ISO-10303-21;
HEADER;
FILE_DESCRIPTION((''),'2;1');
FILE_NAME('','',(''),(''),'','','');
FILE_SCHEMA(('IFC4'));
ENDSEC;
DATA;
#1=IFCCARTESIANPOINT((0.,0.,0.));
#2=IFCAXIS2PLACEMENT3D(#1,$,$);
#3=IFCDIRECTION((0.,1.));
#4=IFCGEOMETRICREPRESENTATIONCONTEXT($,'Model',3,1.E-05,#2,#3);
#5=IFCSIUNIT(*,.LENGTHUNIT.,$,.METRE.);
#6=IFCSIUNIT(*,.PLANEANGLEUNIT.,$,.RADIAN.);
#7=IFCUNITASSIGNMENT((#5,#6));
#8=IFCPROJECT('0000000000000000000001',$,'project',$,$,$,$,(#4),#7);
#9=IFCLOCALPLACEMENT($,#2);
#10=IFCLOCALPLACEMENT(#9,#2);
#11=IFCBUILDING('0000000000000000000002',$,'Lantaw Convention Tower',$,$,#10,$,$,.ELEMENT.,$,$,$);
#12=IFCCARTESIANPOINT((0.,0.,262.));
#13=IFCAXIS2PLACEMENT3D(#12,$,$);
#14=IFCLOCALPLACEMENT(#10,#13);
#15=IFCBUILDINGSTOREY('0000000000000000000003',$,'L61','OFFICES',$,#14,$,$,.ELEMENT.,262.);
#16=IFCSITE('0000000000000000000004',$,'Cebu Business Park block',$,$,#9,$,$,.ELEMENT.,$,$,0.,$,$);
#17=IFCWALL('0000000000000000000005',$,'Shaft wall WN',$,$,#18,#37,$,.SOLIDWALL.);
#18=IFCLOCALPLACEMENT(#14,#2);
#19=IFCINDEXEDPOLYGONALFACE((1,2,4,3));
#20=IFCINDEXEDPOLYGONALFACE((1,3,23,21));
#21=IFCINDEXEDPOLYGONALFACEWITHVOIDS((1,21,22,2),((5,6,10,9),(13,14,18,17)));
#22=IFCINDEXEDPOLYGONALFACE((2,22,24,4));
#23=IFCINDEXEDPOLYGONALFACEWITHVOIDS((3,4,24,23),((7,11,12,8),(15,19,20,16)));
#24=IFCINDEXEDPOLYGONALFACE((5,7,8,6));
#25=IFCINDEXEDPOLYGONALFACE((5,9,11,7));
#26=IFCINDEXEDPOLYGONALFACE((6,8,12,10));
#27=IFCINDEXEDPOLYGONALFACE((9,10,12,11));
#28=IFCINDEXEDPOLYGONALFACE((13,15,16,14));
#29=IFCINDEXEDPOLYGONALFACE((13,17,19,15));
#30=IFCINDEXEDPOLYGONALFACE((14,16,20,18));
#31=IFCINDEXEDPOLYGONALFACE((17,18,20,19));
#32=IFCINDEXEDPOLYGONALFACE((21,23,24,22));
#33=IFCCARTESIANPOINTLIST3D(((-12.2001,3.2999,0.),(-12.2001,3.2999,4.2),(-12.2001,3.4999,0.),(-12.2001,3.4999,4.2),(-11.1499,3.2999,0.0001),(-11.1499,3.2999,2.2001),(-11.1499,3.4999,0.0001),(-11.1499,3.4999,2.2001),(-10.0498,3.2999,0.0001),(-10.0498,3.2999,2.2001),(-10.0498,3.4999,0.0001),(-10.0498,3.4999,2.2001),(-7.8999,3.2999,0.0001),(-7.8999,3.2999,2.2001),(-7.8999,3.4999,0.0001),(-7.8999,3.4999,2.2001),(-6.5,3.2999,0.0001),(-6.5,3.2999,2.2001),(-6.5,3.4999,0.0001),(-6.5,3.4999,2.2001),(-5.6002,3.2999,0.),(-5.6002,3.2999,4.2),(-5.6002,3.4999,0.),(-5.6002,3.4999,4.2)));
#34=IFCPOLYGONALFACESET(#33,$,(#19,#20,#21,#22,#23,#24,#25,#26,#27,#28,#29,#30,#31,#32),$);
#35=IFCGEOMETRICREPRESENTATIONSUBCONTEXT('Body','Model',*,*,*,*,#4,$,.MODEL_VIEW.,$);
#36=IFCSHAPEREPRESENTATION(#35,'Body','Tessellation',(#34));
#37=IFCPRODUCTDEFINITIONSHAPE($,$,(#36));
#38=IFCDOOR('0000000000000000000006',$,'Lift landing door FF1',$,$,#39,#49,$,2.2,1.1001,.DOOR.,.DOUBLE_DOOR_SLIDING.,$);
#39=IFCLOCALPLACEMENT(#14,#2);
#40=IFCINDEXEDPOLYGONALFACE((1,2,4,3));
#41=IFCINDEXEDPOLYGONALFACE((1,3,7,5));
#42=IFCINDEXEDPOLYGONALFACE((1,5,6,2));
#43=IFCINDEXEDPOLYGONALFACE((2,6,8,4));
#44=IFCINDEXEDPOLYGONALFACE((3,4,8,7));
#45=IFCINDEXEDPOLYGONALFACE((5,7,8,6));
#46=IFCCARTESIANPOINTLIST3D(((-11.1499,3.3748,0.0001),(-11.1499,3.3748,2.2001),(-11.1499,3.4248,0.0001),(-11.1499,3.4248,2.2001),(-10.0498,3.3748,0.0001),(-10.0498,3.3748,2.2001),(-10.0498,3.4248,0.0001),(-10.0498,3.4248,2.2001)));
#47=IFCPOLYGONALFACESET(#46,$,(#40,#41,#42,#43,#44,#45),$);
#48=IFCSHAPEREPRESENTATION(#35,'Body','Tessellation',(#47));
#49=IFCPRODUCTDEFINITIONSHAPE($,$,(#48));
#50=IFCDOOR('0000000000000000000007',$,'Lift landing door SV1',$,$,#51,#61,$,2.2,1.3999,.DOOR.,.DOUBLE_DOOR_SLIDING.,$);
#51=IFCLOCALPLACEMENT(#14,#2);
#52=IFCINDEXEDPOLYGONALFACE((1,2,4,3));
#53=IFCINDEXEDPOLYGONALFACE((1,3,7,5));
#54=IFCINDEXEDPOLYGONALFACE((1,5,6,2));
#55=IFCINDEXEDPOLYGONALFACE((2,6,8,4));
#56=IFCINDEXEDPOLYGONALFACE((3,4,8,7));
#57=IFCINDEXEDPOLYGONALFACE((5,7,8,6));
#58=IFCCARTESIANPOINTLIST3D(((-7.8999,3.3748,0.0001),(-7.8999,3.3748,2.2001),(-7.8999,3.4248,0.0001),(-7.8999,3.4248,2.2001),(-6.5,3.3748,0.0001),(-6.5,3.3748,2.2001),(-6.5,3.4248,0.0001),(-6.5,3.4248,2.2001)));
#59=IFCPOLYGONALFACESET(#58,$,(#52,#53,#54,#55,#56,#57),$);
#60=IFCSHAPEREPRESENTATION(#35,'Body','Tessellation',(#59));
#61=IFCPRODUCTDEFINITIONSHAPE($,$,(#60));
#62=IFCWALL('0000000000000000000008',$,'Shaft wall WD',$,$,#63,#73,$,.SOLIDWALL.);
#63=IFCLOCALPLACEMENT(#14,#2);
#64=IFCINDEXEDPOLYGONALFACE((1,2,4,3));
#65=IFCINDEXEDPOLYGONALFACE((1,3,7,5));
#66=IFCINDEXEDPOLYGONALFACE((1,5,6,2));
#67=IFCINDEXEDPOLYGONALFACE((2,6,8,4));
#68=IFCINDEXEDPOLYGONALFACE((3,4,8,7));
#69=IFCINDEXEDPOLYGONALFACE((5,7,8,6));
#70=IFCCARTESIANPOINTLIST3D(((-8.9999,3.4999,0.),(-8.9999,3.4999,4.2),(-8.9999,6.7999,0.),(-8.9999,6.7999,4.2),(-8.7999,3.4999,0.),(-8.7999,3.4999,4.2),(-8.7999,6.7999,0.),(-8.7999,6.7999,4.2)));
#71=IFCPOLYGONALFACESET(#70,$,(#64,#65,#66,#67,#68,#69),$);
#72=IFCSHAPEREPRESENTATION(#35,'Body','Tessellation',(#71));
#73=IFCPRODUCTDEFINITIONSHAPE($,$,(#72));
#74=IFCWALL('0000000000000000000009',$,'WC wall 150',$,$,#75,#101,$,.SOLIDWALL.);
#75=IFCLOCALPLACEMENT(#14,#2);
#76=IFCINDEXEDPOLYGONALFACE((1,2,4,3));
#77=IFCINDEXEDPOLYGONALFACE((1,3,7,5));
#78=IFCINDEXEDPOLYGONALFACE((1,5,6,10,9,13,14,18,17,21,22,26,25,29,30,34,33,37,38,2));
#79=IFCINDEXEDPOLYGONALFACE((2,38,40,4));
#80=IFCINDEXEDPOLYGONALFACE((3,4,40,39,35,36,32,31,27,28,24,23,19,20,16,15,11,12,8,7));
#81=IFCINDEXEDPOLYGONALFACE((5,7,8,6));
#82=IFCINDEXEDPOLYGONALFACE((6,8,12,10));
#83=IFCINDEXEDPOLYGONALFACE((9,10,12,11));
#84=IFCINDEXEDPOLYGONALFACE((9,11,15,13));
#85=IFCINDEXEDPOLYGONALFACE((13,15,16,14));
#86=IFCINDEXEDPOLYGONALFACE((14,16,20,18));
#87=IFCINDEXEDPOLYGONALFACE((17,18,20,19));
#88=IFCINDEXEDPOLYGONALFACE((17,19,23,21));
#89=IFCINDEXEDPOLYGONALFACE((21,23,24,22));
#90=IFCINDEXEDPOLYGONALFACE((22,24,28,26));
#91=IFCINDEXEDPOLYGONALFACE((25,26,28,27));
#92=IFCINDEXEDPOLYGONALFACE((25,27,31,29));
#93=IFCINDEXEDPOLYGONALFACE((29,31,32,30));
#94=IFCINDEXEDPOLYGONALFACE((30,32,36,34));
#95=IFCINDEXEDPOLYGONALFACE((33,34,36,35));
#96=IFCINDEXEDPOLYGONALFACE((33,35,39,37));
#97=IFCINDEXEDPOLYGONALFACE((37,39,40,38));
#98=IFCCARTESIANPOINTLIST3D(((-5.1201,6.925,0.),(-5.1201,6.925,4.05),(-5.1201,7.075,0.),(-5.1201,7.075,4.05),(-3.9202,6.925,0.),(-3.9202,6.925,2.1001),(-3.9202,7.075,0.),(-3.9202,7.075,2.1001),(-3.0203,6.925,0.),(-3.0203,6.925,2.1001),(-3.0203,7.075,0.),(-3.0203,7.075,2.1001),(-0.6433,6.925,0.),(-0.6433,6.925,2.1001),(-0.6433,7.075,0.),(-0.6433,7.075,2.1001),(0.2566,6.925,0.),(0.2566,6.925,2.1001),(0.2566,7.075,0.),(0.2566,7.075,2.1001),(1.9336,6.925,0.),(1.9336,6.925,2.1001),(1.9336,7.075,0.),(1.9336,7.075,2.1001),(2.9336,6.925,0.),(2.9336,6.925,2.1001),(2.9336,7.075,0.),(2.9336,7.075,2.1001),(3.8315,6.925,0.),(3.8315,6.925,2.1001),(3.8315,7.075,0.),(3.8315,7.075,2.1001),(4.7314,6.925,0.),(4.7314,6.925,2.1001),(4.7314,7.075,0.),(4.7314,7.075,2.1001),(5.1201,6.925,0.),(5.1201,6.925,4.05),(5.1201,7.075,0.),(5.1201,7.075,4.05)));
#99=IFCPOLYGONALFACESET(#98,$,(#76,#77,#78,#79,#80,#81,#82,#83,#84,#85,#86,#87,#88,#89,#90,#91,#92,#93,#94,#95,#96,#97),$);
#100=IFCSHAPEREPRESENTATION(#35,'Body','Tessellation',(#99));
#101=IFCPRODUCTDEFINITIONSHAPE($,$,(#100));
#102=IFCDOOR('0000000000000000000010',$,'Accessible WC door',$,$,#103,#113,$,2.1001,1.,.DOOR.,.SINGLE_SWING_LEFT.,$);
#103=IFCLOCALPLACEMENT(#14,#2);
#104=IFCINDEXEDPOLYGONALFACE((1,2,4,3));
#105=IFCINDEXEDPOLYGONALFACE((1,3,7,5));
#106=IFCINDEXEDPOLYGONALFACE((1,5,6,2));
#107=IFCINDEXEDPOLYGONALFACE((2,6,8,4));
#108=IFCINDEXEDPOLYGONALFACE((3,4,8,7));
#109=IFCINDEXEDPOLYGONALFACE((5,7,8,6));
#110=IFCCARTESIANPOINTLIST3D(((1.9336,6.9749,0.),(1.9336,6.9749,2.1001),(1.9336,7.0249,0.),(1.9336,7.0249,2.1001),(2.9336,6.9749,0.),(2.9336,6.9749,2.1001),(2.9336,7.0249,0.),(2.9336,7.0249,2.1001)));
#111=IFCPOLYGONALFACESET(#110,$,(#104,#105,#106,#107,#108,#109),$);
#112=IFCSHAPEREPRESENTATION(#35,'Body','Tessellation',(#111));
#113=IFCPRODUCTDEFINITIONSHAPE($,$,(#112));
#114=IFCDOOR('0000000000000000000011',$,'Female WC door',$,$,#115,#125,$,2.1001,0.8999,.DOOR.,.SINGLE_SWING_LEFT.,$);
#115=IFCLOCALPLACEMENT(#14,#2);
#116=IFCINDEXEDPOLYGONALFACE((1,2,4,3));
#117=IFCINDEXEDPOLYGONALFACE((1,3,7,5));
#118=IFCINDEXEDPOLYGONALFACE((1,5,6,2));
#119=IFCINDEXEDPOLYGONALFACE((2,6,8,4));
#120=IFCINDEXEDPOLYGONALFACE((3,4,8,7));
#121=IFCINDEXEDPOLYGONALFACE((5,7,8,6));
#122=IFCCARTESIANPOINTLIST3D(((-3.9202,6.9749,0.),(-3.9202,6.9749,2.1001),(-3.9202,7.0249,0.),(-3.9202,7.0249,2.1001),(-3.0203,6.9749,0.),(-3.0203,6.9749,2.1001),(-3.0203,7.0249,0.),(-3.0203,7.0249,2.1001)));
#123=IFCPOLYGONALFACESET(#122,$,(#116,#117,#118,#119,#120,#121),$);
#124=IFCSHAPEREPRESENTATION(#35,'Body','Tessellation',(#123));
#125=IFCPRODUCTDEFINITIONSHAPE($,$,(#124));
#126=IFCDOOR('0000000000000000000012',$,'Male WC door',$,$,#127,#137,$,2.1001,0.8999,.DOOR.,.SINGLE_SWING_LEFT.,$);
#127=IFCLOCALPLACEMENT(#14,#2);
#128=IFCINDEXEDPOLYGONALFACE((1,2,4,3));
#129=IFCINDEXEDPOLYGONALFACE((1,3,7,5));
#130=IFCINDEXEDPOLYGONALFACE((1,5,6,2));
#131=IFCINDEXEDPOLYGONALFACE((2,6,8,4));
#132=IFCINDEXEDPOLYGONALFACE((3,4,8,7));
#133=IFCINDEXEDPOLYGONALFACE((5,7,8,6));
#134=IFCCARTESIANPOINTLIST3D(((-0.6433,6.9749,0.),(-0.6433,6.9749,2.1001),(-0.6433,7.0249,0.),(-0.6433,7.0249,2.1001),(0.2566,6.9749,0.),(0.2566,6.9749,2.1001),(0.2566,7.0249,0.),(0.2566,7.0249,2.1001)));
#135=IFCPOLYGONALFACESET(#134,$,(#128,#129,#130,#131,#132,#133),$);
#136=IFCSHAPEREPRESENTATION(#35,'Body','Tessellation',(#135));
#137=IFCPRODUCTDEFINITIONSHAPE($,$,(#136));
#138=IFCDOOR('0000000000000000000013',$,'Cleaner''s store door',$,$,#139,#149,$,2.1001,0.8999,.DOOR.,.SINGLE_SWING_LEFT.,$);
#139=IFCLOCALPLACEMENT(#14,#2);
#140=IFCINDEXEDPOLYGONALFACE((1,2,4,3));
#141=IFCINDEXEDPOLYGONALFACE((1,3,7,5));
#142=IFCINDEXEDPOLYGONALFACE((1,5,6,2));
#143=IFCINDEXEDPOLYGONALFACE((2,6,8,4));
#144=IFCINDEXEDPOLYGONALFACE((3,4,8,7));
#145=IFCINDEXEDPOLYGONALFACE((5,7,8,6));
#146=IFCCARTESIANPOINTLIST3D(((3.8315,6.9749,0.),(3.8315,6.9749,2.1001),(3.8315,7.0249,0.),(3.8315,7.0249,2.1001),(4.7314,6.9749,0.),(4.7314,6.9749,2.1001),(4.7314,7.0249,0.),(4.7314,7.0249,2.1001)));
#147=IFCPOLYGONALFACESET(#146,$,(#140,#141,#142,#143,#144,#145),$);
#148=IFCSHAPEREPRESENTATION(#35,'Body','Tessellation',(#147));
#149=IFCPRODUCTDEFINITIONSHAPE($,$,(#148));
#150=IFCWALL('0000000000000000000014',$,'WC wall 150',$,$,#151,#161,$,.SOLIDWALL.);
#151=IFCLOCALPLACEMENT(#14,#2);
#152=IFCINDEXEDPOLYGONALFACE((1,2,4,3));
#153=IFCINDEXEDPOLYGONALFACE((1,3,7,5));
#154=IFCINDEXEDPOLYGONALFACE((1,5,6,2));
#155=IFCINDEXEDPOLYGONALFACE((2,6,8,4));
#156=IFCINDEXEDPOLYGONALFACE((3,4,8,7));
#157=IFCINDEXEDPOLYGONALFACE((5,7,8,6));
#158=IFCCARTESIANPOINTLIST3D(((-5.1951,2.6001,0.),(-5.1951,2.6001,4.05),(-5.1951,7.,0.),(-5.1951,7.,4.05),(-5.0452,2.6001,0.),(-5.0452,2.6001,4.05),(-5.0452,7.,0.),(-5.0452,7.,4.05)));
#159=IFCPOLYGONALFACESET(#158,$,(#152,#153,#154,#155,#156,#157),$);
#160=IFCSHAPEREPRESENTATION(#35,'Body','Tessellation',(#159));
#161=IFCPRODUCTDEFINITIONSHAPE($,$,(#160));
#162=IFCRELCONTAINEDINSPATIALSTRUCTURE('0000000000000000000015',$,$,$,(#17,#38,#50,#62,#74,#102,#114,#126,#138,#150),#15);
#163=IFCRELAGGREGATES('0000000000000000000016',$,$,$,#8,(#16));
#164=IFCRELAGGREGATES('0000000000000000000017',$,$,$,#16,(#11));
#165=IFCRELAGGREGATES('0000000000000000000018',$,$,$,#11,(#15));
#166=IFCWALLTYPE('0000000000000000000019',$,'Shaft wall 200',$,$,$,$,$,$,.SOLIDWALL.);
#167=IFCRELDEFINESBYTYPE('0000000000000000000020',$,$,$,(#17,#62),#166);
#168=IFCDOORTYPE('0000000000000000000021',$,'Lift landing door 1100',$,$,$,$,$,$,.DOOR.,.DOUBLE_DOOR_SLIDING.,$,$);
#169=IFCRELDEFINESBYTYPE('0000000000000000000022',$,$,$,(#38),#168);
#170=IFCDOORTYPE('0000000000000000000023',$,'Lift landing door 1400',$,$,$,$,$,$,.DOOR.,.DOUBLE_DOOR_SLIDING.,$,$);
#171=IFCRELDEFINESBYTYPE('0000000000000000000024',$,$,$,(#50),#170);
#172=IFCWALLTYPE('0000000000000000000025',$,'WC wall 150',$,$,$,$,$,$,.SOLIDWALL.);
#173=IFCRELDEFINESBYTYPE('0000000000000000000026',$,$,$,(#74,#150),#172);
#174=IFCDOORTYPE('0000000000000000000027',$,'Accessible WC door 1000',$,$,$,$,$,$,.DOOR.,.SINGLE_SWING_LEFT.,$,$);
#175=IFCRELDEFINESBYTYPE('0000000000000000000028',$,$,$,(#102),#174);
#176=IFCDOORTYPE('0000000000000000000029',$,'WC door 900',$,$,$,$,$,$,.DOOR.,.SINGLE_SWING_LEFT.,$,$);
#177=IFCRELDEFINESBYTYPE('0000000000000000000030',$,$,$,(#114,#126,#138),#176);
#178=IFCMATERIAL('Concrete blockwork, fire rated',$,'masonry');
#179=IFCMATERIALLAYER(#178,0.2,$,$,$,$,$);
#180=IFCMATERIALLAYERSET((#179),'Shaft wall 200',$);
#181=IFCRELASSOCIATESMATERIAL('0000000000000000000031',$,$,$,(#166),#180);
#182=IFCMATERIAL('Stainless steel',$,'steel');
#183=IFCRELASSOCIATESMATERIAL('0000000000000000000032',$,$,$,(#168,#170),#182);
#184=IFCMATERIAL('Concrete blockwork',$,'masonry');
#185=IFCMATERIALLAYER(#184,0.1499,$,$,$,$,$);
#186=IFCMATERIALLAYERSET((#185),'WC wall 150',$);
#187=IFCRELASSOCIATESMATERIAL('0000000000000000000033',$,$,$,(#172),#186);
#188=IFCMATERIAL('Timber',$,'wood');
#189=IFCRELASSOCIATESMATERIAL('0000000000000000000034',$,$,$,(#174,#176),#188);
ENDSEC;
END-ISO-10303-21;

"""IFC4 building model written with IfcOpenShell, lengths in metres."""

from ifc_helpers import new_model, si_unit, direction, frame, frame_2d, origin, place, context, subcontext, project, spatial, rectangle, extrude, material, layer, layer_set, type_object, element, fill, save


model = new_model("IFC4")

# Units and contexts
model_context = context("Model", 3, precision=1e-05, world=origin(), true_north=direction((0.0, 1.0)))
body_context = subcontext(model_context, "Body", "Model", "MODEL_VIEW")
ifc_project = project(units=[si_unit("LENGTHUNIT", "METRE"), si_unit("PLANEANGLEUNIT", "RADIAN")], contexts=[model_context])

# Site, building, storey
site_placement = place(None, origin())
site = spatial("IfcSite", under=ifc_project, at=site_placement, Name="Cebu Business Park block", CompositionType="ELEMENT", RefElevation=0.0)
building_placement = place(site_placement, origin())
building = spatial("IfcBuilding", under=site, at=building_placement, Name="Lantaw Convention Tower", CompositionType="ELEMENT")
storey_placement = place(building_placement, frame((0.0, 0.0, 262.0)))
storey = spatial("IfcBuildingStorey", under=building, at=storey_placement, Name="L61", Description="OFFICES", CompositionType="ELEMENT", Elevation=262.0)

# Wall, openings, doors
ifc_material_1 = material(Name="Concrete blockwork, fire rated", Category="masonry")
ifc_layer_1 = layer(ifc_material_1, 0.2)
ifc_layer_set_1 = layer_set([ifc_layer_1], Name="Shaft wall 200")
wall_type_1 = type_object("IfcWallType", Name="Shaft wall 200", PredefinedType="SOLIDWALL", material=ifc_layer_set_1)
wall_1_placement = place(storey_placement, frame((-12.2, 3.3999, 0.0), z_axis=(0.0, 0.0, 1.0), x_axis=(1.0, 0.0, 0.0)))
wall_1 = element("IfcWall", 1, at=wall_1_placement, inside=storey, type_object=wall_type_1, Name="Shaft wall WN", PredefinedType="SOLIDWALL", context=body_context, shape_type="SweptSolid", body=[
    extrude(rectangle(XDim=6.5999, YDim=0.2, at=frame_2d((3.2998, 0.0))), origin(), (0.0, 0.0, 1.0), 4.2),
])
opening_1_placement = place(wall_1_placement, frame((1.05, 0.0, 0.0)))
opening_1 = element("IfcOpeningElement", 2, at=opening_1_placement, cuts=wall_1, PredefinedType="OPENING", context=body_context, shape_type="SweptSolid", body=[
    extrude(rectangle(XDim=1.1001, YDim=2.2, at=frame_2d((0.55, 1.1001))), frame((0.0, 0.1099, 0.0), z_axis=(0.0, -1.0, 0.0), x_axis=(1.0, 0.0, 0.0)), (0.0, 0.0, 1.0), 0.22),
])
opening_2_placement = place(wall_1_placement, frame((4.3, 0.0, 0.0)))
opening_2 = element("IfcOpeningElement", 3, at=opening_2_placement, cuts=wall_1, PredefinedType="OPENING", context=body_context, shape_type="SweptSolid", body=[
    extrude(rectangle(XDim=1.3999, YDim=2.2, at=frame_2d((0.7, 1.1001))), frame((0.0, 0.1099, 0.0), z_axis=(0.0, -1.0, 0.0), x_axis=(1.0, 0.0, 0.0)), (0.0, 0.0, 1.0), 0.22),
])
ifc_material_2 = material(Name="Stainless steel", Category="steel")
door_type_1 = type_object("IfcDoorType", Name="Lift landing door 1100", OperationType="DOUBLE_DOOR_SLIDING", PredefinedType="DOOR", material=ifc_material_2)
door_1_placement = place(opening_1_placement, origin())
door_1 = element("IfcDoor", 4, at=door_1_placement, inside=storey, type_object=door_type_1, Name="Lift landing door FF1", OperationType="DOUBLE_DOOR_SLIDING", OverallHeight=2.2, OverallWidth=1.1001, PredefinedType="DOOR", context=body_context, shape_type="SweptSolid", body=[
    extrude(rectangle(XDim=1.1001, YDim=2.2, at=frame_2d((0.55, 1.1001))), frame((0.0, 0.0249, 0.0), z_axis=(0.0, -1.0, 0.0), x_axis=(1.0, 0.0, 0.0)), (0.0, 0.0, 1.0), 0.05),
])
fill(opening_1, door_1)
door_type_2 = type_object("IfcDoorType", Name="Lift landing door 1400", OperationType="DOUBLE_DOOR_SLIDING", PredefinedType="DOOR", material=ifc_material_2)
door_2_placement = place(opening_2_placement, origin())
door_2 = element("IfcDoor", 5, at=door_2_placement, inside=storey, type_object=door_type_2, Name="Lift landing door SV1", OperationType="DOUBLE_DOOR_SLIDING", OverallHeight=2.2, OverallWidth=1.3999, PredefinedType="DOOR", context=body_context, shape_type="SweptSolid", body=[
    extrude(rectangle(XDim=1.3999, YDim=2.2, at=frame_2d((0.7, 1.1001))), frame((0.0, 0.0249, 0.0), z_axis=(0.0, -1.0, 0.0), x_axis=(1.0, 0.0, 0.0)), (0.0, 0.0, 1.0), 0.05),
])
fill(opening_2, door_2)

# Wall
wall_2_placement = place(storey_placement, frame((-8.8999, 3.5, 0.0), z_axis=(0.0, 0.0, 1.0), x_axis=(0.0, 1.0, 0.0)))
element("IfcWall", 6, at=wall_2_placement, inside=storey, type_object=wall_type_1, Name="Shaft wall WD", PredefinedType="SOLIDWALL", context=body_context, shape_type="SweptSolid", body=[
    extrude(rectangle(XDim=3.3, YDim=0.2, at=frame_2d((1.6499, 0.0))), origin(), (0.0, 0.0, 1.0), 4.2),
])

# Wall, openings, doors
ifc_material_3 = material(Name="Concrete blockwork", Category="masonry")
ifc_layer_2 = layer(ifc_material_3, 0.1499)
ifc_layer_set_2 = layer_set([ifc_layer_2], Name="WC wall 150")
wall_type_2 = type_object("IfcWallType", Name="WC wall 150", PredefinedType="SOLIDWALL", material=ifc_layer_set_2)
wall_3_placement = place(storey_placement, frame((-5.1201, 7.0, 0.0), z_axis=(0.0, 0.0, 1.0), x_axis=(1.0, 0.0, 0.0)))
wall_3 = element("IfcWall", 7, at=wall_3_placement, inside=storey, type_object=wall_type_2, Name="WC wall 150", PredefinedType="SOLIDWALL", context=body_context, shape_type="SweptSolid", body=[
    extrude(rectangle(XDim=10.2402, YDim=0.1499, at=frame_2d((5.1201, 0.0))), origin(), (0.0, 0.0, 1.0), 4.05),
])
opening_3_placement = place(wall_3_placement, frame((1.2, 0.0, 0.0)))
opening_3 = element("IfcOpeningElement", 8, at=opening_3_placement, cuts=wall_3, PredefinedType="OPENING", context=body_context, shape_type="SweptSolid", body=[
    extrude(rectangle(XDim=0.8999, YDim=2.1001, at=frame_2d((0.45, 1.05))), frame((0.0, 0.085, 0.0), z_axis=(0.0, -1.0, 0.0), x_axis=(1.0, 0.0, 0.0)), (0.0, 0.0, 1.0), 0.1699),
])
opening_4_placement = place(wall_3_placement, frame((4.4768, 0.0, 0.0)))
opening_4 = element("IfcOpeningElement", 9, at=opening_4_placement, cuts=wall_3, PredefinedType="OPENING", context=body_context, shape_type="SweptSolid", body=[
    extrude(rectangle(XDim=0.8999, YDim=2.1001, at=frame_2d((0.45, 1.05))), frame((0.0, 0.085, 0.0), z_axis=(0.0, -1.0, 0.0), x_axis=(1.0, 0.0, 0.0)), (0.0, 0.0, 1.0), 0.1699),
])
opening_5_placement = place(wall_3_placement, frame((7.0537, 0.0, 0.0)))
opening_5 = element("IfcOpeningElement", 10, at=opening_5_placement, cuts=wall_3, PredefinedType="OPENING", context=body_context, shape_type="SweptSolid", body=[
    extrude(rectangle(XDim=1.0, YDim=2.1001, at=frame_2d((0.5, 1.05))), frame((0.0, 0.085, 0.0), z_axis=(0.0, -1.0, 0.0), x_axis=(1.0, 0.0, 0.0)), (0.0, 0.0, 1.0), 0.1699),
])
opening_6_placement = place(wall_3_placement, frame((8.9517, 0.0, 0.0)))
opening_6 = element("IfcOpeningElement", 11, at=opening_6_placement, cuts=wall_3, PredefinedType="OPENING", context=body_context, shape_type="SweptSolid", body=[
    extrude(rectangle(XDim=0.8999, YDim=2.1001, at=frame_2d((0.45, 1.05))), frame((0.0, 0.085, 0.0), z_axis=(0.0, -1.0, 0.0), x_axis=(1.0, 0.0, 0.0)), (0.0, 0.0, 1.0), 0.1699),
])
ifc_material_4 = material(Name="Timber", Category="wood")
door_type_3 = type_object("IfcDoorType", Name="Accessible WC door 1000", OperationType="SINGLE_SWING_LEFT", PredefinedType="DOOR", material=ifc_material_4)
door_3_placement = place(opening_5_placement, origin())
door_3 = element("IfcDoor", 12, at=door_3_placement, inside=storey, type_object=door_type_3, Name="Accessible WC door", OperationType="SINGLE_SWING_LEFT", OverallHeight=2.1001, OverallWidth=1.0, PredefinedType="DOOR", context=body_context, shape_type="SweptSolid", body=[
    extrude(rectangle(XDim=1.0, YDim=2.1001, at=frame_2d((0.5, 1.05))), frame((0.0, 0.0249, 0.0), z_axis=(0.0, -1.0, 0.0), x_axis=(1.0, 0.0, 0.0)), (0.0, 0.0, 1.0), 0.05),
])
fill(opening_5, door_3)
door_type_4 = type_object("IfcDoorType", Name="WC door 900", OperationType="SINGLE_SWING_LEFT", PredefinedType="DOOR", material=ifc_material_4)
door_4_placement = place(opening_3_placement, origin())
door_4 = element("IfcDoor", 13, at=door_4_placement, inside=storey, type_object=door_type_4, Name="Female WC door", OperationType="SINGLE_SWING_LEFT", OverallHeight=2.1001, OverallWidth=0.8999, PredefinedType="DOOR", context=body_context, shape_type="SweptSolid", body=[
    extrude(rectangle(XDim=0.8999, YDim=2.1001, at=frame_2d((0.45, 1.05))), frame((0.0, 0.0249, 0.0), z_axis=(0.0, -1.0, 0.0), x_axis=(1.0, 0.0, 0.0)), (0.0, 0.0, 1.0), 0.05),
])
fill(opening_3, door_4)
door_5_placement = place(opening_4_placement, origin())
door_5 = element("IfcDoor", 14, at=door_5_placement, inside=storey, type_object=door_type_4, Name="Male WC door", OperationType="SINGLE_SWING_LEFT", OverallHeight=2.1001, OverallWidth=0.8999, PredefinedType="DOOR", context=body_context, shape_type="SweptSolid", body=[
    extrude(rectangle(XDim=0.8999, YDim=2.1001, at=frame_2d((0.45, 1.05))), frame((0.0, 0.0249, 0.0), z_axis=(0.0, -1.0, 0.0), x_axis=(1.0, 0.0, 0.0)), (0.0, 0.0, 1.0), 0.05),
])
fill(opening_4, door_5)
door_6_placement = place(opening_6_placement, origin())
door_6 = element("IfcDoor", 15, at=door_6_placement, inside=storey, type_object=door_type_4, Name="Cleaner's store door", OperationType="SINGLE_SWING_LEFT", OverallHeight=2.1001, OverallWidth=0.8999, PredefinedType="DOOR", context=body_context, shape_type="SweptSolid", body=[
    extrude(rectangle(XDim=0.8999, YDim=2.1001, at=frame_2d((0.45, 1.05))), frame((0.0, 0.0249, 0.0), z_axis=(0.0, -1.0, 0.0), x_axis=(1.0, 0.0, 0.0)), (0.0, 0.0, 1.0), 0.05),
])
fill(opening_6, door_6)

# Wall
for number, where, z_axis, x_axis, name in (
    (16, (-5.1201, 2.6001, 0.0), (0.0, 0.0, 1.0), (0.0, 1.0, 0.0), "WC wall 150"),
):
    element("IfcWall", number, at=place(storey_placement, frame(where, z_axis=z_axis, x_axis=x_axis)), inside=storey, type_object=wall_type_2, Name=name, PredefinedType="SOLIDWALL", context=body_context, shape_type="SweptSolid", body=[
        extrude(rectangle(XDim=4.3999, YDim=0.1499, at=frame_2d((2.2, 0.0))), origin(), (0.0, 0.0, 1.0), 4.05),
    ])

save(model, "model.ifc")
